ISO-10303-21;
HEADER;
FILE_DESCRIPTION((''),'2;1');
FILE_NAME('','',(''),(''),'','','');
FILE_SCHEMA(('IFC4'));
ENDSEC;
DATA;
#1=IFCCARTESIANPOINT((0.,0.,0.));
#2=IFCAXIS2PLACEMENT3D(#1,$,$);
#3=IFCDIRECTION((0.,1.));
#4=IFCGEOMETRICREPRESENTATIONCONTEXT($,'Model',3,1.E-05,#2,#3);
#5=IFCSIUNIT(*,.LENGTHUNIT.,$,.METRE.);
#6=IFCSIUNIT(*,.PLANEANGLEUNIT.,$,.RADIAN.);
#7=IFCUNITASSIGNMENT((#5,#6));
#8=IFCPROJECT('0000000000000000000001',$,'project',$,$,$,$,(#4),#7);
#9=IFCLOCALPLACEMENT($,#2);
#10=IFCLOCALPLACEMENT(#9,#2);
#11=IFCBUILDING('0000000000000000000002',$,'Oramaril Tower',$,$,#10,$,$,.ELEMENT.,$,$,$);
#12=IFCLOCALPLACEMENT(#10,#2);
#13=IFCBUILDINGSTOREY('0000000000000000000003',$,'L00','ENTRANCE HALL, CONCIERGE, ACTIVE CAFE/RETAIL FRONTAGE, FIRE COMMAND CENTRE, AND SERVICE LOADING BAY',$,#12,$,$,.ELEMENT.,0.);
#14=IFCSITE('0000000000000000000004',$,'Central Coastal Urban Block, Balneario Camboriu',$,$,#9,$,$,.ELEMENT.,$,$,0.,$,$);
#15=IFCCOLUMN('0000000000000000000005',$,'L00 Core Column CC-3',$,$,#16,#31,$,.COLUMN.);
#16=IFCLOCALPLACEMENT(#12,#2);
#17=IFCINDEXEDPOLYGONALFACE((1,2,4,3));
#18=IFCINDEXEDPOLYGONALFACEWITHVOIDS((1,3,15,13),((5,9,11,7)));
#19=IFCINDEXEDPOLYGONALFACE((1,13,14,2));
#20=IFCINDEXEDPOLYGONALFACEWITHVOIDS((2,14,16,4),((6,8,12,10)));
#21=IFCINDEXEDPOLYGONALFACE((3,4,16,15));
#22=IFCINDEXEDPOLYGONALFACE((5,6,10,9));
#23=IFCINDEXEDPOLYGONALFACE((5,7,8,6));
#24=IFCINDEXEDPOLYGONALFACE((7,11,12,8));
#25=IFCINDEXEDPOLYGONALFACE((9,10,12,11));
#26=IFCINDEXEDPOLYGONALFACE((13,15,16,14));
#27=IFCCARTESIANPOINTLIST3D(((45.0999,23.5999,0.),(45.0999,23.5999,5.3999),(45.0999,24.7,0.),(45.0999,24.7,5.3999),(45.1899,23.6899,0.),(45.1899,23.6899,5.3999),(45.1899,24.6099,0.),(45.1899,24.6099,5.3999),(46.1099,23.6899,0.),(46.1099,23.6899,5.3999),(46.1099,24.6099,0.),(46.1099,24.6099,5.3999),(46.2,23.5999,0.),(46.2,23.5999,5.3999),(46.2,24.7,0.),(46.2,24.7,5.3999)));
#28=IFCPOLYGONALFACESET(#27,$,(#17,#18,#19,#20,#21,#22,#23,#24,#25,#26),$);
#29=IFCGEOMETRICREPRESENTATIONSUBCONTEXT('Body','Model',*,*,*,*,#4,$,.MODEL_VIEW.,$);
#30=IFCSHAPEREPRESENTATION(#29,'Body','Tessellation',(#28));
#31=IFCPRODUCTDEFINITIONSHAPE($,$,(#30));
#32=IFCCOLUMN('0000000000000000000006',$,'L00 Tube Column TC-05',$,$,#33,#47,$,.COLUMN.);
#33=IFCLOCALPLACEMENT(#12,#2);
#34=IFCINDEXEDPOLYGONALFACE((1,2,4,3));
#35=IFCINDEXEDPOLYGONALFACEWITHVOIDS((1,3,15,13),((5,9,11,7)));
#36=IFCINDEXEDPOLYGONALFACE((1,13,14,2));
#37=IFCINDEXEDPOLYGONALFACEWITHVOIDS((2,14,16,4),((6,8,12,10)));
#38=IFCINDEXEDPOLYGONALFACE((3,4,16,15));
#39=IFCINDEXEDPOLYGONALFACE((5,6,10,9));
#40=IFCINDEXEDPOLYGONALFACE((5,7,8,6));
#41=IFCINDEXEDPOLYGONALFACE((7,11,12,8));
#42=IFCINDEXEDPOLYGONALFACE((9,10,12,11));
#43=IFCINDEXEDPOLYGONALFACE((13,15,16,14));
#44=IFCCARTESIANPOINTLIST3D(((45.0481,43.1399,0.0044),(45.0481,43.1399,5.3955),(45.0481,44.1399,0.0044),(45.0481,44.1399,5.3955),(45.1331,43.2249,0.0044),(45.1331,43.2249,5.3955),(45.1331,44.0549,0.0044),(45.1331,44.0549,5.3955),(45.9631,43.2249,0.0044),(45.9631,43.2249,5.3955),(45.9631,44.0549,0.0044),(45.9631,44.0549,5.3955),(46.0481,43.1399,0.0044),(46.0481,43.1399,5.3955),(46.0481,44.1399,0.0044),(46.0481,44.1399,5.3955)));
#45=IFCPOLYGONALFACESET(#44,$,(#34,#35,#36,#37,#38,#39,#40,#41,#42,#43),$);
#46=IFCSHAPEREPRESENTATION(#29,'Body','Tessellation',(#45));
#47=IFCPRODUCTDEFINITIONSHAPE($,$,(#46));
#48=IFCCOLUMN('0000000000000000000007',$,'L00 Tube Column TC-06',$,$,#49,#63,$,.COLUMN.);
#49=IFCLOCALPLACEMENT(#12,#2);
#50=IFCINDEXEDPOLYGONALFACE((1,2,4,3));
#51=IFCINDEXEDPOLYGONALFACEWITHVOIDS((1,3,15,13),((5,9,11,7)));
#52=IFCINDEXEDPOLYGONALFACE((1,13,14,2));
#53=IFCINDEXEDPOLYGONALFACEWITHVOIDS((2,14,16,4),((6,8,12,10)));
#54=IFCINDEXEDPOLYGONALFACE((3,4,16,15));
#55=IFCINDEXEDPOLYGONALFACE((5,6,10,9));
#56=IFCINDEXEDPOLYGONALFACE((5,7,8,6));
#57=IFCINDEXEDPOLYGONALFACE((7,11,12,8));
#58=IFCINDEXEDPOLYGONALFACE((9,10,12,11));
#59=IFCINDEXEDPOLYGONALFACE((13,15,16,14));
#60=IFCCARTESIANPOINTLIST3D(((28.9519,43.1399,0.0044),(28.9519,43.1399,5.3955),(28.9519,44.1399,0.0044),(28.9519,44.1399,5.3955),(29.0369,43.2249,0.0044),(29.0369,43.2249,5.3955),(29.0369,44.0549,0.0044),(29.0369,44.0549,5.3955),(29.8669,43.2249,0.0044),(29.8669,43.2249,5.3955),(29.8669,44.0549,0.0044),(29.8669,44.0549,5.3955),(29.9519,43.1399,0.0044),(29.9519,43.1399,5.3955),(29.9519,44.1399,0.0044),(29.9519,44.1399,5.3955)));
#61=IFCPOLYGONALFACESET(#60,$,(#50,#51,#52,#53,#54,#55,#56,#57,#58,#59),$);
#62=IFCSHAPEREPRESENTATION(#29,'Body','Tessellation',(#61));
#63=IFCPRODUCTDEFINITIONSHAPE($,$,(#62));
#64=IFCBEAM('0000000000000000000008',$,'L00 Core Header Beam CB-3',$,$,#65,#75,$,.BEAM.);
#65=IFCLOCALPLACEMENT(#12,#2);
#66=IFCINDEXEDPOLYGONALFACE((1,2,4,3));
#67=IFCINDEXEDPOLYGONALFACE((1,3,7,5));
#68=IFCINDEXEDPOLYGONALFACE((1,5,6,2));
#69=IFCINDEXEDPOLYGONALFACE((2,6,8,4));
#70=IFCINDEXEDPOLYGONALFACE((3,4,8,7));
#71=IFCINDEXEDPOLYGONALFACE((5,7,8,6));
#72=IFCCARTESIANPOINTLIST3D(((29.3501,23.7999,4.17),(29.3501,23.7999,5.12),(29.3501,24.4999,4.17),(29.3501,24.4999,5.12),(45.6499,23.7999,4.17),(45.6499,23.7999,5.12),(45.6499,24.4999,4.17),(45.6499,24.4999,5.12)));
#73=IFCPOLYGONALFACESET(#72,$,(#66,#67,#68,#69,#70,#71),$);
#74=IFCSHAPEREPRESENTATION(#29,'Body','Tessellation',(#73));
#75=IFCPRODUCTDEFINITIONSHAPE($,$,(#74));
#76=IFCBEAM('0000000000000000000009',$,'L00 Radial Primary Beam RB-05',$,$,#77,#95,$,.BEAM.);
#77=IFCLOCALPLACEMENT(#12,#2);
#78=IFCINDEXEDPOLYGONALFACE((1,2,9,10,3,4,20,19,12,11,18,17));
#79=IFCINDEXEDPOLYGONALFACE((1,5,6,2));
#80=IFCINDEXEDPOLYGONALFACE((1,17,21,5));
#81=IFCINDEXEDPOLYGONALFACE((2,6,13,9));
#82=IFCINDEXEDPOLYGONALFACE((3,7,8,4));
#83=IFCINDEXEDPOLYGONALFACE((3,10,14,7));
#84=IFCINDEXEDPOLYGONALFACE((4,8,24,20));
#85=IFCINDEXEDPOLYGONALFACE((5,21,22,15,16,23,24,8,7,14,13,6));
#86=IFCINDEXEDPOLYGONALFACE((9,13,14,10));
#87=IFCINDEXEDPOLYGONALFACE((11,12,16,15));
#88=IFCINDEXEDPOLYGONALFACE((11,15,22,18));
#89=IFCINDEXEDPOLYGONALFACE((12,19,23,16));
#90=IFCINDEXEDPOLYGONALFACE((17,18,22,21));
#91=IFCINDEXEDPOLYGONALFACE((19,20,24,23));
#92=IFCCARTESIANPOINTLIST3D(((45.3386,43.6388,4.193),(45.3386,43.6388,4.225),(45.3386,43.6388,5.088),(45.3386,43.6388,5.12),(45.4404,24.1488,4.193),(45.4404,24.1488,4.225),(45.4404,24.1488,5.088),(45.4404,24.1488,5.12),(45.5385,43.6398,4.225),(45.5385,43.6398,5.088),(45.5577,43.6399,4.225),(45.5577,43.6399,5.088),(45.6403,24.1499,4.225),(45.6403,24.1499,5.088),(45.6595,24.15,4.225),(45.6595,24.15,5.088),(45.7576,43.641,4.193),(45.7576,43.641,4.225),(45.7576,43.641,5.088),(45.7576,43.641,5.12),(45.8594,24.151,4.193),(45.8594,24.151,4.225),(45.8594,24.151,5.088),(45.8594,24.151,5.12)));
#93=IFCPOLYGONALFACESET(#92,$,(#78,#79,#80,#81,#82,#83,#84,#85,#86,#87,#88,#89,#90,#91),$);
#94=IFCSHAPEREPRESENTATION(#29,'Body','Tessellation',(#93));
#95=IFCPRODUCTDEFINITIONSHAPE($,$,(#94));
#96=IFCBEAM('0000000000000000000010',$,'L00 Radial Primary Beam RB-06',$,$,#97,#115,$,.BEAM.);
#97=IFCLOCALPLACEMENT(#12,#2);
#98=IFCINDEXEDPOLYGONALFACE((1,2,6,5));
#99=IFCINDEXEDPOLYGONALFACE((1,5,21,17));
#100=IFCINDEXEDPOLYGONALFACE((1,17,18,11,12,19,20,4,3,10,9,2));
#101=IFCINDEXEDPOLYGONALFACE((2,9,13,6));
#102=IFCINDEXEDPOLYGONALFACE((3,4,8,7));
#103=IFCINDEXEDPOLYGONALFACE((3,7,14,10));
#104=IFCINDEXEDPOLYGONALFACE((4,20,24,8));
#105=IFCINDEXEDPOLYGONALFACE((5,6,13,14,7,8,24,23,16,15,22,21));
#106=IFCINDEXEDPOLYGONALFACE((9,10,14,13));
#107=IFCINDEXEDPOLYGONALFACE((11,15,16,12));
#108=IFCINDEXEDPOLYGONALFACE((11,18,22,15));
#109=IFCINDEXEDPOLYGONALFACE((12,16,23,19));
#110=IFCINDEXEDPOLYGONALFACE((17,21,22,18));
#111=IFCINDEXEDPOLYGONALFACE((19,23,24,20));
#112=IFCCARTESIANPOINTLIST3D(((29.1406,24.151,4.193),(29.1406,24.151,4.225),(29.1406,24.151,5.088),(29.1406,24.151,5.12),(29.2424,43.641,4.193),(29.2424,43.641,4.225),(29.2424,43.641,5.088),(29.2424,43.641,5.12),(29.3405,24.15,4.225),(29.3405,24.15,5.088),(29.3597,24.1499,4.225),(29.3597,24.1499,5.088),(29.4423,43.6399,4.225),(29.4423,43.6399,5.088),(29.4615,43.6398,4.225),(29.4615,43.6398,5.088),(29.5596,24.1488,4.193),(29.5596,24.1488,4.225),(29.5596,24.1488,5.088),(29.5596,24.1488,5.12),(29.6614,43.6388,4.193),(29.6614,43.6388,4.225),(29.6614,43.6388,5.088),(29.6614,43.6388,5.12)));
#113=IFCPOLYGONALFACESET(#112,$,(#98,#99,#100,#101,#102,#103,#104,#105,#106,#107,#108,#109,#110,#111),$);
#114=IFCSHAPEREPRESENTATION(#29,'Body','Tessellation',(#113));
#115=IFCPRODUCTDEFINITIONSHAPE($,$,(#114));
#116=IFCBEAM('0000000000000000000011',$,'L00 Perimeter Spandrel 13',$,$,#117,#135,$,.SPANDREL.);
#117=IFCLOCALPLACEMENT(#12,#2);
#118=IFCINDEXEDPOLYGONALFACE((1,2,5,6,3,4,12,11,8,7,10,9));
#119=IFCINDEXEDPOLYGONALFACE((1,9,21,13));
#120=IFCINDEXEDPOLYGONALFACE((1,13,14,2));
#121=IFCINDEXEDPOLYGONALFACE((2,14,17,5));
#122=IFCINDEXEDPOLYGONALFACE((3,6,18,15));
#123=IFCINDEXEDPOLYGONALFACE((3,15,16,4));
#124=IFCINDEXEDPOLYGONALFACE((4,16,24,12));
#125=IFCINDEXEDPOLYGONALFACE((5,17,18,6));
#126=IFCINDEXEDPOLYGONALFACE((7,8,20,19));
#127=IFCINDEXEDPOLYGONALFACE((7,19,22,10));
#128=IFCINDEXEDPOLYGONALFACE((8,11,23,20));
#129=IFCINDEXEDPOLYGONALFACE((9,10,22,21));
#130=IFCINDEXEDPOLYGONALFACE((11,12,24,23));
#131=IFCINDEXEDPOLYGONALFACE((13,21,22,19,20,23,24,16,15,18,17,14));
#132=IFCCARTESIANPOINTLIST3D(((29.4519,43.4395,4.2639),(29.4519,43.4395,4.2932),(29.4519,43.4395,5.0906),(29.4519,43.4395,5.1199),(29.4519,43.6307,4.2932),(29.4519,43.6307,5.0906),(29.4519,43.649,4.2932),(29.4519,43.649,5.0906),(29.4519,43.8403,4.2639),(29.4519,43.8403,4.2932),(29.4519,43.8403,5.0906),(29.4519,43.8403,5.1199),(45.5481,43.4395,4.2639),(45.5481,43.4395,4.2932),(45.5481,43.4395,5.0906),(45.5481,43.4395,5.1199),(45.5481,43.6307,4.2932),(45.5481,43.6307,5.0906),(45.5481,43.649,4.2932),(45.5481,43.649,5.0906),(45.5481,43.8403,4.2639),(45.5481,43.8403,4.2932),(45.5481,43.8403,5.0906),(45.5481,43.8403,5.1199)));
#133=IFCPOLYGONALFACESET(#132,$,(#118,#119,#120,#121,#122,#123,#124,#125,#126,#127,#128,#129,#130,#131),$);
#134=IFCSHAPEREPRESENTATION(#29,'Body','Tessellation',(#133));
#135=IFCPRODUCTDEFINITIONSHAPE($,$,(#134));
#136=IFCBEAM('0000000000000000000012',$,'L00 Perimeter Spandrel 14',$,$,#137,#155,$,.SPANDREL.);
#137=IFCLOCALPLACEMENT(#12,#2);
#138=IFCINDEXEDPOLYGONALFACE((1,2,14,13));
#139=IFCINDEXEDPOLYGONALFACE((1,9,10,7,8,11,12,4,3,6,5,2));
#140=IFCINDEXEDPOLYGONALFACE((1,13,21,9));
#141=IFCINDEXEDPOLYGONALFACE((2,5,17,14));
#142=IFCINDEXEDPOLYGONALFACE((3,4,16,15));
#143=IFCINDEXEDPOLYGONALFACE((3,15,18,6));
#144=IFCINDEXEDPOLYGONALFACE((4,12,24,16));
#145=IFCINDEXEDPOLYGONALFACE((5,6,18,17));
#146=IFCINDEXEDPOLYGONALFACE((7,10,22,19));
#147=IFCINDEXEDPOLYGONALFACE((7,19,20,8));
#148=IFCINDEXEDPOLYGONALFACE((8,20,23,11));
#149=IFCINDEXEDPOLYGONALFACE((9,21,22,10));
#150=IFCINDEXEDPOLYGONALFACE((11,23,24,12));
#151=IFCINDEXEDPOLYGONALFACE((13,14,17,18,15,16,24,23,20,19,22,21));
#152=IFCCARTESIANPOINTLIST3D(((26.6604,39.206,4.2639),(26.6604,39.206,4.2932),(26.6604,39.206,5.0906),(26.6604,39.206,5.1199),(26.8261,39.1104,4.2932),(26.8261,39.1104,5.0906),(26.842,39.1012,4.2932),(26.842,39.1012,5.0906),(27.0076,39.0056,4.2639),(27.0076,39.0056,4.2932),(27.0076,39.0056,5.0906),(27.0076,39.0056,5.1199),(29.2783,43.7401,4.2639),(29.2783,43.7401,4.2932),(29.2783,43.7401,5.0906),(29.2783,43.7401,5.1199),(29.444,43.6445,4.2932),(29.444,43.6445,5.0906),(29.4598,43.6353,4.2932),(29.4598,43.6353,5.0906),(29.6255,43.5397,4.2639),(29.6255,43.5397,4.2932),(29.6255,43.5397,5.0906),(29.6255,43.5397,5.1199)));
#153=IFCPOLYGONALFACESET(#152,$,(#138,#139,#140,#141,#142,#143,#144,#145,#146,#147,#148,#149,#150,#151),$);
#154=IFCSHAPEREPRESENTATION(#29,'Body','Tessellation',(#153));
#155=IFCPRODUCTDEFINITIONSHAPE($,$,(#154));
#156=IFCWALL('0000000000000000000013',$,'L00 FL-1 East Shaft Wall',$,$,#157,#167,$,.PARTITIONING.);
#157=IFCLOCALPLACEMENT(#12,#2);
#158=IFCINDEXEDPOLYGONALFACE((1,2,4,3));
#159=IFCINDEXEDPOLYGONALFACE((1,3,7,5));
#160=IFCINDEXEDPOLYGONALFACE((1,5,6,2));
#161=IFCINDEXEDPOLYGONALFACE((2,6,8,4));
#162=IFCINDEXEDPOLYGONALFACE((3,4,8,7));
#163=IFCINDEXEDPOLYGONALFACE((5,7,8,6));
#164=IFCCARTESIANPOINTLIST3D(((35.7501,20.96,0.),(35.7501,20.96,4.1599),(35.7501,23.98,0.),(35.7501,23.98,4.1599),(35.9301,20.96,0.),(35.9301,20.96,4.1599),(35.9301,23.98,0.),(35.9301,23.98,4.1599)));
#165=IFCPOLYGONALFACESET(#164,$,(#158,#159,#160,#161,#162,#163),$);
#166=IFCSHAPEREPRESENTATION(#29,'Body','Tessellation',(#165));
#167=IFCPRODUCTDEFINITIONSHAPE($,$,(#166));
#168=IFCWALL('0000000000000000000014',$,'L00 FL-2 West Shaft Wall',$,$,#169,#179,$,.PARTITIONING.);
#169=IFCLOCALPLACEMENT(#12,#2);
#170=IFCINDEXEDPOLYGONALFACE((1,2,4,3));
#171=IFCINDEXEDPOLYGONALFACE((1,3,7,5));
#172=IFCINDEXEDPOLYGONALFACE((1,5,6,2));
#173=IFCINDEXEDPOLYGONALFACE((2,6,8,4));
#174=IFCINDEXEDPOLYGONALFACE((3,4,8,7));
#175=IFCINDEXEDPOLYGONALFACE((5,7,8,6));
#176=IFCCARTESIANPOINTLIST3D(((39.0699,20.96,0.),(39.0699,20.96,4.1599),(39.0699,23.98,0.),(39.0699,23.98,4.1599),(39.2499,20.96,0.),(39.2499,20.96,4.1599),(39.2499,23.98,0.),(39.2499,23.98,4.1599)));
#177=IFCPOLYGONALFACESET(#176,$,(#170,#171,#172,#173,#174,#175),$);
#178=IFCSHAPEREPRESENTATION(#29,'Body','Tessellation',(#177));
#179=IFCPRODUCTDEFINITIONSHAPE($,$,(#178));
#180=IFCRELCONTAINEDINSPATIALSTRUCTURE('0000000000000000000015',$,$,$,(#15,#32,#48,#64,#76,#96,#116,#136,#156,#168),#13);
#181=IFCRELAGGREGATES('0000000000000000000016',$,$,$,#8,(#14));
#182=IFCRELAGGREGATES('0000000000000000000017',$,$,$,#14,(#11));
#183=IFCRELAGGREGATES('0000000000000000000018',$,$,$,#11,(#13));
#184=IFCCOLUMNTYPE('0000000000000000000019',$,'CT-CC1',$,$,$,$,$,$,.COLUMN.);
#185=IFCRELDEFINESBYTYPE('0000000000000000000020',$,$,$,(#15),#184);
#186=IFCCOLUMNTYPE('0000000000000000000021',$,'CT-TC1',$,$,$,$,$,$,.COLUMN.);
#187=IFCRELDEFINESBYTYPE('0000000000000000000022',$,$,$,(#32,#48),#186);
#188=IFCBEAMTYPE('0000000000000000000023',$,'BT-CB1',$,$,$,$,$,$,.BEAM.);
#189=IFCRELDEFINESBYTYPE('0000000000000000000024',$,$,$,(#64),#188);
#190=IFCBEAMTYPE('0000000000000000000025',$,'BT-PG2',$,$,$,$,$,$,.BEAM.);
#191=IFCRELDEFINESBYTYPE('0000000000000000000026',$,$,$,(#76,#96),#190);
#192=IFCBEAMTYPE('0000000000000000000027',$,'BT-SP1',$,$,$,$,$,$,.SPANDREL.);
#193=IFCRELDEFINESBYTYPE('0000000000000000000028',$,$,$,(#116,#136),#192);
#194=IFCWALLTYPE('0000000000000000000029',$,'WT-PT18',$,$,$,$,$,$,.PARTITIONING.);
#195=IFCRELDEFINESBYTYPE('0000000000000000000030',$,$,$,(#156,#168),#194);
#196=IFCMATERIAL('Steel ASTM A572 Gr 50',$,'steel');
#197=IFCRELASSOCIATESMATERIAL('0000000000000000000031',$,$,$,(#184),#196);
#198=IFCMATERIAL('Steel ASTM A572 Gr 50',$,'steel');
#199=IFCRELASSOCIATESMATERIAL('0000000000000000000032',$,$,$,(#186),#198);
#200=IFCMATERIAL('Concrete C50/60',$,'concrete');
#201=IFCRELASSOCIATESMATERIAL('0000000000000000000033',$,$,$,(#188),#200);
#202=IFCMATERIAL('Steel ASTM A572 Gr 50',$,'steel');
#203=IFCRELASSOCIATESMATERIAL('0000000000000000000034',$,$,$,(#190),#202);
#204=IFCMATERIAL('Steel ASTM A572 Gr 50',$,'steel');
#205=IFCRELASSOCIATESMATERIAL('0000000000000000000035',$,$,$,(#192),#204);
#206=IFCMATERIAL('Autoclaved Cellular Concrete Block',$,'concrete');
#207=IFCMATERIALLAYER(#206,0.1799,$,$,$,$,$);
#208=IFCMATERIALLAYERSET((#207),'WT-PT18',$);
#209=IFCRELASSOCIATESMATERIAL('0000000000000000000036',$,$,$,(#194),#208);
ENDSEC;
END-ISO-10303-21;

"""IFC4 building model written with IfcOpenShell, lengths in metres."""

from ifc_helpers import new_model, si_unit, direction, frame, frame_2d, origin, origin_2d, place, context, subcontext, project, spatial, rectangle, hollow_rectangle, i_section, extrude, material, layer, layer_set, material_profile, profile_set, type_object, element, save


model = new_model("IFC4")

# Units and contexts
model_context = context("Model", 3, precision=1e-05, world=origin(), true_north=direction((0.0, 1.0)))
body_context = subcontext(model_context, "Body", "Model", "MODEL_VIEW")
ifc_project = project(units=[si_unit("LENGTHUNIT", "METRE"), si_unit("PLANEANGLEUNIT", "RADIAN")], contexts=[model_context])

# Site, building, storey
site_placement = place(None, origin())
site = spatial("IfcSite", under=ifc_project, at=site_placement, Name="Central Coastal Urban Block, Balneario Camboriu", CompositionType="ELEMENT", RefElevation=0.0)
building_placement = place(site_placement, origin())
building = spatial("IfcBuilding", under=site, at=building_placement, Name="Oramaril Tower", CompositionType="ELEMENT")
storey_placement = place(building_placement, origin())
storey = spatial("IfcBuildingStorey", under=building, at=storey_placement, Name="L00", Description="ENTRANCE HALL, CONCIERGE, ACTIVE CAFE/RETAIL FRONTAGE, FIRE COMMAND CENTRE, AND SERVICE LOADING BAY", CompositionType="ELEMENT", Elevation=0.0)

# Columns
ifc_material_1 = material(Name="Steel ASTM A572 Gr 50", Category="steel")
ifc_material_profile_1 = material_profile(ifc_material_1, hollow_rectangle(XDim=1.1001, YDim=1.1001, WallThickness=0.0901, at=origin_2d()), Name="BOX1100X1100X90")
ifc_profile_set_1 = profile_set([ifc_material_profile_1], Name="Steel ASTM A572 Gr 50")
column_type_1 = type_object("IfcColumnType", Name="CT-CC1", PredefinedType="COLUMN", material=ifc_profile_set_1)
column_placement = place(storey_placement, frame((45.6499, 24.1499, 0.0), z_axis=(0.0, 0.0, 1.0), x_axis=(1.0, 0.0, 0.0)))
element("IfcColumn", 1, at=column_placement, inside=storey, type_object=column_type_1, Name="L00 Core Column CC-3", PredefinedType="COLUMN", context=body_context, shape_type="SweptSolid", body=[
    extrude(hollow_rectangle(XDim=1.1001, YDim=1.1001, WallThickness=0.0901, at=origin_2d()), origin(), (0.0, 0.0, 1.0), 5.3999),
])
ifc_material_2 = material(Name="Steel ASTM A572 Gr 50", Category="steel")
ifc_material_profile_2 = material_profile(ifc_material_2, hollow_rectangle(XDim=1.0, YDim=1.0, WallThickness=0.085, at=origin_2d()), Name="BOX1000X1000X85")
ifc_profile_set_2 = profile_set([ifc_material_profile_2], Name="Steel ASTM A572 Gr 50")
column_type_2 = type_object("IfcColumnType", Name="CT-TC1", PredefinedType="COLUMN", material=ifc_profile_set_2)
for number, where, z_axis, x_axis, name in (
    (2, (45.5481, 43.6399, 0.0044), (0.0, 0.0, 1.0), (1.0, 0.0, 0.0), "L00 Tube Column TC-05"),
    (3, (29.4519, 43.6399, 0.0044), (0.0, 0.0, 1.0), (1.0, 0.0, 0.0), "L00 Tube Column TC-06"),
):
    element("IfcColumn", number, at=place(storey_placement, frame(where, z_axis=z_axis, x_axis=x_axis)), inside=storey, type_object=column_type_2, Name=name, PredefinedType="COLUMN", context=body_context, shape_type="SweptSolid", body=[
        extrude(hollow_rectangle(XDim=1.0, YDim=1.0, WallThickness=0.085, at=origin_2d()), origin(), (0.0, 0.0, 1.0), 5.3911),
    ])

# Beams
ifc_material_3 = material(Name="Concrete C50/60", Category="concrete")
ifc_material_profile_3 = material_profile(ifc_material_3, rectangle(XDim=0.7, YDim=0.95, at=origin_2d()), Name="CB700X950")
ifc_profile_set_3 = profile_set([ifc_material_profile_3], Name="Concrete C50/60")
beam_type_1 = type_object("IfcBeamType", Name="BT-CB1", PredefinedType="BEAM", material=ifc_profile_set_3)
beam_1_placement = place(storey_placement, frame((45.6499, 24.1499, 4.645), z_axis=(-1.0, 0.0, 0.0), x_axis=(0.0, -1.0, 0.0)))
element("IfcBeam", 4, at=beam_1_placement, inside=storey, type_object=beam_type_1, Name="L00 Core Header Beam CB-3", PredefinedType="BEAM", context=body_context, shape_type="SweptSolid", body=[
    extrude(rectangle(XDim=0.7, YDim=0.95, at=origin_2d()), origin(), (0.0, 0.0, 1.0), 16.2998),
])
ifc_material_4 = material(Name="Steel ASTM A572 Gr 50", Category="steel")
ifc_material_profile_4 = material_profile(ifc_material_4, i_section(OverallWidth=0.4189, OverallDepth=0.927, WebThickness=0.0193, FlangeThickness=0.032, at=origin_2d()), Name="W36X231")
ifc_profile_set_4 = profile_set([ifc_material_profile_4], Name="Steel ASTM A572 Gr 50")
beam_type_2 = type_object("IfcBeamType", Name="BT-PG2", PredefinedType="BEAM", material=ifc_profile_set_4)
for number, where, z_axis, x_axis, name in (
    (5, (45.6499, 24.1499, 4.6565), (-0.005223, 0.999986, 0.0), (-0.999986, -0.005223, 0.0), "L00 Radial Primary Beam RB-05"),
    (6, (29.3501, 24.1499, 4.6565), (0.005223, 0.999986, 0.0), (-0.999986, 0.005223, 0.0), "L00 Radial Primary Beam RB-06"),
):
    element("IfcBeam", number, at=place(storey_placement, frame(where, z_axis=z_axis, x_axis=x_axis)), inside=storey, type_object=beam_type_2, Name=name, PredefinedType="BEAM", context=body_context, shape_type="SweptSolid", body=[
        extrude(i_section(OverallWidth=0.4189, OverallDepth=0.927, WebThickness=0.0193, FlangeThickness=0.032, at=origin_2d()), origin(), (0.0, 0.0, 1.0), 19.4902),
    ])
ifc_material_5 = material(Name="Steel ASTM A572 Gr 50", Category="steel")
ifc_material_profile_5 = material_profile(ifc_material_5, i_section(OverallWidth=0.4009, OverallDepth=0.856, WebThickness=0.0183, FlangeThickness=0.0293, at=origin_2d()), Name="W33X201")
ifc_profile_set_5 = profile_set([ifc_material_profile_5], Name="Steel ASTM A572 Gr 50")
beam_type_3 = type_object("IfcBeamType", Name="BT-SP1", PredefinedType="SPANDREL", material=ifc_profile_set_5)
beam_2_placement = place(storey_placement, frame((45.5481, 43.6399, 4.6919), z_axis=(-1.0, 0.0, 0.0), x_axis=(0.0, -1.0, 0.0)))
element("IfcBeam", 7, at=beam_2_placement, inside=storey, type_object=beam_type_3, Name="L00 Perimeter Spandrel 13", PredefinedType="SPANDREL", context=body_context, shape_type="SweptSolid", body=[
    extrude(i_section(OverallWidth=0.4009, OverallDepth=0.856, WebThickness=0.0183, FlangeThickness=0.0293, at=origin_2d()), origin(), (0.0, 0.0, 1.0), 16.0962),
])
beam_3_placement = place(storey_placement, frame((29.4519, 43.6399, 4.6919), z_axis=(-0.500016, -0.866016, 0.0), x_axis=(0.866016, -0.500016, 0.0)))
element("IfcBeam", 8, at=beam_3_placement, inside=storey, type_object=beam_type_3, Name="L00 Perimeter Spandrel 14", PredefinedType="SPANDREL", context=body_context, shape_type="SweptSolid", body=[
    extrude(i_section(OverallWidth=0.4009, OverallDepth=0.856, WebThickness=0.0183, FlangeThickness=0.0293, at=origin_2d()), origin(), (0.0, 0.0, 1.0), 5.2356),
])

# Walls
ifc_material_6 = material(Name="Autoclaved Cellular Concrete Block", Category="concrete")
ifc_layer_1 = layer(ifc_material_6, 0.1799)
ifc_layer_set_1 = layer_set([ifc_layer_1], Name="WT-PT18")
wall_type_1 = type_object("IfcWallType", Name="WT-PT18", PredefinedType="PARTITIONING", material=ifc_layer_set_1)
for number, where, z_axis, x_axis, name in (
    (9, (35.8401, 20.96, 0.0), (0.0, 0.0, 1.0), (0.0, 1.0, 0.0), "L00 FL-1 East Shaft Wall"),
    (10, (39.1599, 20.96, 0.0), (0.0, 0.0, 1.0), (0.0, 1.0, 0.0), "L00 FL-2 West Shaft Wall"),
):
    element("IfcWall", number, at=place(storey_placement, frame(where, z_axis=z_axis, x_axis=x_axis)), inside=storey, type_object=wall_type_1, Name=name, PredefinedType="PARTITIONING", context=body_context, shape_type="SweptSolid", body=[
        extrude(rectangle(XDim=3.02, YDim=0.1799, at=frame_2d((1.51, 0.0))), origin(), (0.0, 0.0, 1.0), 4.1599),
    ])

save(model, "model.ifc")
